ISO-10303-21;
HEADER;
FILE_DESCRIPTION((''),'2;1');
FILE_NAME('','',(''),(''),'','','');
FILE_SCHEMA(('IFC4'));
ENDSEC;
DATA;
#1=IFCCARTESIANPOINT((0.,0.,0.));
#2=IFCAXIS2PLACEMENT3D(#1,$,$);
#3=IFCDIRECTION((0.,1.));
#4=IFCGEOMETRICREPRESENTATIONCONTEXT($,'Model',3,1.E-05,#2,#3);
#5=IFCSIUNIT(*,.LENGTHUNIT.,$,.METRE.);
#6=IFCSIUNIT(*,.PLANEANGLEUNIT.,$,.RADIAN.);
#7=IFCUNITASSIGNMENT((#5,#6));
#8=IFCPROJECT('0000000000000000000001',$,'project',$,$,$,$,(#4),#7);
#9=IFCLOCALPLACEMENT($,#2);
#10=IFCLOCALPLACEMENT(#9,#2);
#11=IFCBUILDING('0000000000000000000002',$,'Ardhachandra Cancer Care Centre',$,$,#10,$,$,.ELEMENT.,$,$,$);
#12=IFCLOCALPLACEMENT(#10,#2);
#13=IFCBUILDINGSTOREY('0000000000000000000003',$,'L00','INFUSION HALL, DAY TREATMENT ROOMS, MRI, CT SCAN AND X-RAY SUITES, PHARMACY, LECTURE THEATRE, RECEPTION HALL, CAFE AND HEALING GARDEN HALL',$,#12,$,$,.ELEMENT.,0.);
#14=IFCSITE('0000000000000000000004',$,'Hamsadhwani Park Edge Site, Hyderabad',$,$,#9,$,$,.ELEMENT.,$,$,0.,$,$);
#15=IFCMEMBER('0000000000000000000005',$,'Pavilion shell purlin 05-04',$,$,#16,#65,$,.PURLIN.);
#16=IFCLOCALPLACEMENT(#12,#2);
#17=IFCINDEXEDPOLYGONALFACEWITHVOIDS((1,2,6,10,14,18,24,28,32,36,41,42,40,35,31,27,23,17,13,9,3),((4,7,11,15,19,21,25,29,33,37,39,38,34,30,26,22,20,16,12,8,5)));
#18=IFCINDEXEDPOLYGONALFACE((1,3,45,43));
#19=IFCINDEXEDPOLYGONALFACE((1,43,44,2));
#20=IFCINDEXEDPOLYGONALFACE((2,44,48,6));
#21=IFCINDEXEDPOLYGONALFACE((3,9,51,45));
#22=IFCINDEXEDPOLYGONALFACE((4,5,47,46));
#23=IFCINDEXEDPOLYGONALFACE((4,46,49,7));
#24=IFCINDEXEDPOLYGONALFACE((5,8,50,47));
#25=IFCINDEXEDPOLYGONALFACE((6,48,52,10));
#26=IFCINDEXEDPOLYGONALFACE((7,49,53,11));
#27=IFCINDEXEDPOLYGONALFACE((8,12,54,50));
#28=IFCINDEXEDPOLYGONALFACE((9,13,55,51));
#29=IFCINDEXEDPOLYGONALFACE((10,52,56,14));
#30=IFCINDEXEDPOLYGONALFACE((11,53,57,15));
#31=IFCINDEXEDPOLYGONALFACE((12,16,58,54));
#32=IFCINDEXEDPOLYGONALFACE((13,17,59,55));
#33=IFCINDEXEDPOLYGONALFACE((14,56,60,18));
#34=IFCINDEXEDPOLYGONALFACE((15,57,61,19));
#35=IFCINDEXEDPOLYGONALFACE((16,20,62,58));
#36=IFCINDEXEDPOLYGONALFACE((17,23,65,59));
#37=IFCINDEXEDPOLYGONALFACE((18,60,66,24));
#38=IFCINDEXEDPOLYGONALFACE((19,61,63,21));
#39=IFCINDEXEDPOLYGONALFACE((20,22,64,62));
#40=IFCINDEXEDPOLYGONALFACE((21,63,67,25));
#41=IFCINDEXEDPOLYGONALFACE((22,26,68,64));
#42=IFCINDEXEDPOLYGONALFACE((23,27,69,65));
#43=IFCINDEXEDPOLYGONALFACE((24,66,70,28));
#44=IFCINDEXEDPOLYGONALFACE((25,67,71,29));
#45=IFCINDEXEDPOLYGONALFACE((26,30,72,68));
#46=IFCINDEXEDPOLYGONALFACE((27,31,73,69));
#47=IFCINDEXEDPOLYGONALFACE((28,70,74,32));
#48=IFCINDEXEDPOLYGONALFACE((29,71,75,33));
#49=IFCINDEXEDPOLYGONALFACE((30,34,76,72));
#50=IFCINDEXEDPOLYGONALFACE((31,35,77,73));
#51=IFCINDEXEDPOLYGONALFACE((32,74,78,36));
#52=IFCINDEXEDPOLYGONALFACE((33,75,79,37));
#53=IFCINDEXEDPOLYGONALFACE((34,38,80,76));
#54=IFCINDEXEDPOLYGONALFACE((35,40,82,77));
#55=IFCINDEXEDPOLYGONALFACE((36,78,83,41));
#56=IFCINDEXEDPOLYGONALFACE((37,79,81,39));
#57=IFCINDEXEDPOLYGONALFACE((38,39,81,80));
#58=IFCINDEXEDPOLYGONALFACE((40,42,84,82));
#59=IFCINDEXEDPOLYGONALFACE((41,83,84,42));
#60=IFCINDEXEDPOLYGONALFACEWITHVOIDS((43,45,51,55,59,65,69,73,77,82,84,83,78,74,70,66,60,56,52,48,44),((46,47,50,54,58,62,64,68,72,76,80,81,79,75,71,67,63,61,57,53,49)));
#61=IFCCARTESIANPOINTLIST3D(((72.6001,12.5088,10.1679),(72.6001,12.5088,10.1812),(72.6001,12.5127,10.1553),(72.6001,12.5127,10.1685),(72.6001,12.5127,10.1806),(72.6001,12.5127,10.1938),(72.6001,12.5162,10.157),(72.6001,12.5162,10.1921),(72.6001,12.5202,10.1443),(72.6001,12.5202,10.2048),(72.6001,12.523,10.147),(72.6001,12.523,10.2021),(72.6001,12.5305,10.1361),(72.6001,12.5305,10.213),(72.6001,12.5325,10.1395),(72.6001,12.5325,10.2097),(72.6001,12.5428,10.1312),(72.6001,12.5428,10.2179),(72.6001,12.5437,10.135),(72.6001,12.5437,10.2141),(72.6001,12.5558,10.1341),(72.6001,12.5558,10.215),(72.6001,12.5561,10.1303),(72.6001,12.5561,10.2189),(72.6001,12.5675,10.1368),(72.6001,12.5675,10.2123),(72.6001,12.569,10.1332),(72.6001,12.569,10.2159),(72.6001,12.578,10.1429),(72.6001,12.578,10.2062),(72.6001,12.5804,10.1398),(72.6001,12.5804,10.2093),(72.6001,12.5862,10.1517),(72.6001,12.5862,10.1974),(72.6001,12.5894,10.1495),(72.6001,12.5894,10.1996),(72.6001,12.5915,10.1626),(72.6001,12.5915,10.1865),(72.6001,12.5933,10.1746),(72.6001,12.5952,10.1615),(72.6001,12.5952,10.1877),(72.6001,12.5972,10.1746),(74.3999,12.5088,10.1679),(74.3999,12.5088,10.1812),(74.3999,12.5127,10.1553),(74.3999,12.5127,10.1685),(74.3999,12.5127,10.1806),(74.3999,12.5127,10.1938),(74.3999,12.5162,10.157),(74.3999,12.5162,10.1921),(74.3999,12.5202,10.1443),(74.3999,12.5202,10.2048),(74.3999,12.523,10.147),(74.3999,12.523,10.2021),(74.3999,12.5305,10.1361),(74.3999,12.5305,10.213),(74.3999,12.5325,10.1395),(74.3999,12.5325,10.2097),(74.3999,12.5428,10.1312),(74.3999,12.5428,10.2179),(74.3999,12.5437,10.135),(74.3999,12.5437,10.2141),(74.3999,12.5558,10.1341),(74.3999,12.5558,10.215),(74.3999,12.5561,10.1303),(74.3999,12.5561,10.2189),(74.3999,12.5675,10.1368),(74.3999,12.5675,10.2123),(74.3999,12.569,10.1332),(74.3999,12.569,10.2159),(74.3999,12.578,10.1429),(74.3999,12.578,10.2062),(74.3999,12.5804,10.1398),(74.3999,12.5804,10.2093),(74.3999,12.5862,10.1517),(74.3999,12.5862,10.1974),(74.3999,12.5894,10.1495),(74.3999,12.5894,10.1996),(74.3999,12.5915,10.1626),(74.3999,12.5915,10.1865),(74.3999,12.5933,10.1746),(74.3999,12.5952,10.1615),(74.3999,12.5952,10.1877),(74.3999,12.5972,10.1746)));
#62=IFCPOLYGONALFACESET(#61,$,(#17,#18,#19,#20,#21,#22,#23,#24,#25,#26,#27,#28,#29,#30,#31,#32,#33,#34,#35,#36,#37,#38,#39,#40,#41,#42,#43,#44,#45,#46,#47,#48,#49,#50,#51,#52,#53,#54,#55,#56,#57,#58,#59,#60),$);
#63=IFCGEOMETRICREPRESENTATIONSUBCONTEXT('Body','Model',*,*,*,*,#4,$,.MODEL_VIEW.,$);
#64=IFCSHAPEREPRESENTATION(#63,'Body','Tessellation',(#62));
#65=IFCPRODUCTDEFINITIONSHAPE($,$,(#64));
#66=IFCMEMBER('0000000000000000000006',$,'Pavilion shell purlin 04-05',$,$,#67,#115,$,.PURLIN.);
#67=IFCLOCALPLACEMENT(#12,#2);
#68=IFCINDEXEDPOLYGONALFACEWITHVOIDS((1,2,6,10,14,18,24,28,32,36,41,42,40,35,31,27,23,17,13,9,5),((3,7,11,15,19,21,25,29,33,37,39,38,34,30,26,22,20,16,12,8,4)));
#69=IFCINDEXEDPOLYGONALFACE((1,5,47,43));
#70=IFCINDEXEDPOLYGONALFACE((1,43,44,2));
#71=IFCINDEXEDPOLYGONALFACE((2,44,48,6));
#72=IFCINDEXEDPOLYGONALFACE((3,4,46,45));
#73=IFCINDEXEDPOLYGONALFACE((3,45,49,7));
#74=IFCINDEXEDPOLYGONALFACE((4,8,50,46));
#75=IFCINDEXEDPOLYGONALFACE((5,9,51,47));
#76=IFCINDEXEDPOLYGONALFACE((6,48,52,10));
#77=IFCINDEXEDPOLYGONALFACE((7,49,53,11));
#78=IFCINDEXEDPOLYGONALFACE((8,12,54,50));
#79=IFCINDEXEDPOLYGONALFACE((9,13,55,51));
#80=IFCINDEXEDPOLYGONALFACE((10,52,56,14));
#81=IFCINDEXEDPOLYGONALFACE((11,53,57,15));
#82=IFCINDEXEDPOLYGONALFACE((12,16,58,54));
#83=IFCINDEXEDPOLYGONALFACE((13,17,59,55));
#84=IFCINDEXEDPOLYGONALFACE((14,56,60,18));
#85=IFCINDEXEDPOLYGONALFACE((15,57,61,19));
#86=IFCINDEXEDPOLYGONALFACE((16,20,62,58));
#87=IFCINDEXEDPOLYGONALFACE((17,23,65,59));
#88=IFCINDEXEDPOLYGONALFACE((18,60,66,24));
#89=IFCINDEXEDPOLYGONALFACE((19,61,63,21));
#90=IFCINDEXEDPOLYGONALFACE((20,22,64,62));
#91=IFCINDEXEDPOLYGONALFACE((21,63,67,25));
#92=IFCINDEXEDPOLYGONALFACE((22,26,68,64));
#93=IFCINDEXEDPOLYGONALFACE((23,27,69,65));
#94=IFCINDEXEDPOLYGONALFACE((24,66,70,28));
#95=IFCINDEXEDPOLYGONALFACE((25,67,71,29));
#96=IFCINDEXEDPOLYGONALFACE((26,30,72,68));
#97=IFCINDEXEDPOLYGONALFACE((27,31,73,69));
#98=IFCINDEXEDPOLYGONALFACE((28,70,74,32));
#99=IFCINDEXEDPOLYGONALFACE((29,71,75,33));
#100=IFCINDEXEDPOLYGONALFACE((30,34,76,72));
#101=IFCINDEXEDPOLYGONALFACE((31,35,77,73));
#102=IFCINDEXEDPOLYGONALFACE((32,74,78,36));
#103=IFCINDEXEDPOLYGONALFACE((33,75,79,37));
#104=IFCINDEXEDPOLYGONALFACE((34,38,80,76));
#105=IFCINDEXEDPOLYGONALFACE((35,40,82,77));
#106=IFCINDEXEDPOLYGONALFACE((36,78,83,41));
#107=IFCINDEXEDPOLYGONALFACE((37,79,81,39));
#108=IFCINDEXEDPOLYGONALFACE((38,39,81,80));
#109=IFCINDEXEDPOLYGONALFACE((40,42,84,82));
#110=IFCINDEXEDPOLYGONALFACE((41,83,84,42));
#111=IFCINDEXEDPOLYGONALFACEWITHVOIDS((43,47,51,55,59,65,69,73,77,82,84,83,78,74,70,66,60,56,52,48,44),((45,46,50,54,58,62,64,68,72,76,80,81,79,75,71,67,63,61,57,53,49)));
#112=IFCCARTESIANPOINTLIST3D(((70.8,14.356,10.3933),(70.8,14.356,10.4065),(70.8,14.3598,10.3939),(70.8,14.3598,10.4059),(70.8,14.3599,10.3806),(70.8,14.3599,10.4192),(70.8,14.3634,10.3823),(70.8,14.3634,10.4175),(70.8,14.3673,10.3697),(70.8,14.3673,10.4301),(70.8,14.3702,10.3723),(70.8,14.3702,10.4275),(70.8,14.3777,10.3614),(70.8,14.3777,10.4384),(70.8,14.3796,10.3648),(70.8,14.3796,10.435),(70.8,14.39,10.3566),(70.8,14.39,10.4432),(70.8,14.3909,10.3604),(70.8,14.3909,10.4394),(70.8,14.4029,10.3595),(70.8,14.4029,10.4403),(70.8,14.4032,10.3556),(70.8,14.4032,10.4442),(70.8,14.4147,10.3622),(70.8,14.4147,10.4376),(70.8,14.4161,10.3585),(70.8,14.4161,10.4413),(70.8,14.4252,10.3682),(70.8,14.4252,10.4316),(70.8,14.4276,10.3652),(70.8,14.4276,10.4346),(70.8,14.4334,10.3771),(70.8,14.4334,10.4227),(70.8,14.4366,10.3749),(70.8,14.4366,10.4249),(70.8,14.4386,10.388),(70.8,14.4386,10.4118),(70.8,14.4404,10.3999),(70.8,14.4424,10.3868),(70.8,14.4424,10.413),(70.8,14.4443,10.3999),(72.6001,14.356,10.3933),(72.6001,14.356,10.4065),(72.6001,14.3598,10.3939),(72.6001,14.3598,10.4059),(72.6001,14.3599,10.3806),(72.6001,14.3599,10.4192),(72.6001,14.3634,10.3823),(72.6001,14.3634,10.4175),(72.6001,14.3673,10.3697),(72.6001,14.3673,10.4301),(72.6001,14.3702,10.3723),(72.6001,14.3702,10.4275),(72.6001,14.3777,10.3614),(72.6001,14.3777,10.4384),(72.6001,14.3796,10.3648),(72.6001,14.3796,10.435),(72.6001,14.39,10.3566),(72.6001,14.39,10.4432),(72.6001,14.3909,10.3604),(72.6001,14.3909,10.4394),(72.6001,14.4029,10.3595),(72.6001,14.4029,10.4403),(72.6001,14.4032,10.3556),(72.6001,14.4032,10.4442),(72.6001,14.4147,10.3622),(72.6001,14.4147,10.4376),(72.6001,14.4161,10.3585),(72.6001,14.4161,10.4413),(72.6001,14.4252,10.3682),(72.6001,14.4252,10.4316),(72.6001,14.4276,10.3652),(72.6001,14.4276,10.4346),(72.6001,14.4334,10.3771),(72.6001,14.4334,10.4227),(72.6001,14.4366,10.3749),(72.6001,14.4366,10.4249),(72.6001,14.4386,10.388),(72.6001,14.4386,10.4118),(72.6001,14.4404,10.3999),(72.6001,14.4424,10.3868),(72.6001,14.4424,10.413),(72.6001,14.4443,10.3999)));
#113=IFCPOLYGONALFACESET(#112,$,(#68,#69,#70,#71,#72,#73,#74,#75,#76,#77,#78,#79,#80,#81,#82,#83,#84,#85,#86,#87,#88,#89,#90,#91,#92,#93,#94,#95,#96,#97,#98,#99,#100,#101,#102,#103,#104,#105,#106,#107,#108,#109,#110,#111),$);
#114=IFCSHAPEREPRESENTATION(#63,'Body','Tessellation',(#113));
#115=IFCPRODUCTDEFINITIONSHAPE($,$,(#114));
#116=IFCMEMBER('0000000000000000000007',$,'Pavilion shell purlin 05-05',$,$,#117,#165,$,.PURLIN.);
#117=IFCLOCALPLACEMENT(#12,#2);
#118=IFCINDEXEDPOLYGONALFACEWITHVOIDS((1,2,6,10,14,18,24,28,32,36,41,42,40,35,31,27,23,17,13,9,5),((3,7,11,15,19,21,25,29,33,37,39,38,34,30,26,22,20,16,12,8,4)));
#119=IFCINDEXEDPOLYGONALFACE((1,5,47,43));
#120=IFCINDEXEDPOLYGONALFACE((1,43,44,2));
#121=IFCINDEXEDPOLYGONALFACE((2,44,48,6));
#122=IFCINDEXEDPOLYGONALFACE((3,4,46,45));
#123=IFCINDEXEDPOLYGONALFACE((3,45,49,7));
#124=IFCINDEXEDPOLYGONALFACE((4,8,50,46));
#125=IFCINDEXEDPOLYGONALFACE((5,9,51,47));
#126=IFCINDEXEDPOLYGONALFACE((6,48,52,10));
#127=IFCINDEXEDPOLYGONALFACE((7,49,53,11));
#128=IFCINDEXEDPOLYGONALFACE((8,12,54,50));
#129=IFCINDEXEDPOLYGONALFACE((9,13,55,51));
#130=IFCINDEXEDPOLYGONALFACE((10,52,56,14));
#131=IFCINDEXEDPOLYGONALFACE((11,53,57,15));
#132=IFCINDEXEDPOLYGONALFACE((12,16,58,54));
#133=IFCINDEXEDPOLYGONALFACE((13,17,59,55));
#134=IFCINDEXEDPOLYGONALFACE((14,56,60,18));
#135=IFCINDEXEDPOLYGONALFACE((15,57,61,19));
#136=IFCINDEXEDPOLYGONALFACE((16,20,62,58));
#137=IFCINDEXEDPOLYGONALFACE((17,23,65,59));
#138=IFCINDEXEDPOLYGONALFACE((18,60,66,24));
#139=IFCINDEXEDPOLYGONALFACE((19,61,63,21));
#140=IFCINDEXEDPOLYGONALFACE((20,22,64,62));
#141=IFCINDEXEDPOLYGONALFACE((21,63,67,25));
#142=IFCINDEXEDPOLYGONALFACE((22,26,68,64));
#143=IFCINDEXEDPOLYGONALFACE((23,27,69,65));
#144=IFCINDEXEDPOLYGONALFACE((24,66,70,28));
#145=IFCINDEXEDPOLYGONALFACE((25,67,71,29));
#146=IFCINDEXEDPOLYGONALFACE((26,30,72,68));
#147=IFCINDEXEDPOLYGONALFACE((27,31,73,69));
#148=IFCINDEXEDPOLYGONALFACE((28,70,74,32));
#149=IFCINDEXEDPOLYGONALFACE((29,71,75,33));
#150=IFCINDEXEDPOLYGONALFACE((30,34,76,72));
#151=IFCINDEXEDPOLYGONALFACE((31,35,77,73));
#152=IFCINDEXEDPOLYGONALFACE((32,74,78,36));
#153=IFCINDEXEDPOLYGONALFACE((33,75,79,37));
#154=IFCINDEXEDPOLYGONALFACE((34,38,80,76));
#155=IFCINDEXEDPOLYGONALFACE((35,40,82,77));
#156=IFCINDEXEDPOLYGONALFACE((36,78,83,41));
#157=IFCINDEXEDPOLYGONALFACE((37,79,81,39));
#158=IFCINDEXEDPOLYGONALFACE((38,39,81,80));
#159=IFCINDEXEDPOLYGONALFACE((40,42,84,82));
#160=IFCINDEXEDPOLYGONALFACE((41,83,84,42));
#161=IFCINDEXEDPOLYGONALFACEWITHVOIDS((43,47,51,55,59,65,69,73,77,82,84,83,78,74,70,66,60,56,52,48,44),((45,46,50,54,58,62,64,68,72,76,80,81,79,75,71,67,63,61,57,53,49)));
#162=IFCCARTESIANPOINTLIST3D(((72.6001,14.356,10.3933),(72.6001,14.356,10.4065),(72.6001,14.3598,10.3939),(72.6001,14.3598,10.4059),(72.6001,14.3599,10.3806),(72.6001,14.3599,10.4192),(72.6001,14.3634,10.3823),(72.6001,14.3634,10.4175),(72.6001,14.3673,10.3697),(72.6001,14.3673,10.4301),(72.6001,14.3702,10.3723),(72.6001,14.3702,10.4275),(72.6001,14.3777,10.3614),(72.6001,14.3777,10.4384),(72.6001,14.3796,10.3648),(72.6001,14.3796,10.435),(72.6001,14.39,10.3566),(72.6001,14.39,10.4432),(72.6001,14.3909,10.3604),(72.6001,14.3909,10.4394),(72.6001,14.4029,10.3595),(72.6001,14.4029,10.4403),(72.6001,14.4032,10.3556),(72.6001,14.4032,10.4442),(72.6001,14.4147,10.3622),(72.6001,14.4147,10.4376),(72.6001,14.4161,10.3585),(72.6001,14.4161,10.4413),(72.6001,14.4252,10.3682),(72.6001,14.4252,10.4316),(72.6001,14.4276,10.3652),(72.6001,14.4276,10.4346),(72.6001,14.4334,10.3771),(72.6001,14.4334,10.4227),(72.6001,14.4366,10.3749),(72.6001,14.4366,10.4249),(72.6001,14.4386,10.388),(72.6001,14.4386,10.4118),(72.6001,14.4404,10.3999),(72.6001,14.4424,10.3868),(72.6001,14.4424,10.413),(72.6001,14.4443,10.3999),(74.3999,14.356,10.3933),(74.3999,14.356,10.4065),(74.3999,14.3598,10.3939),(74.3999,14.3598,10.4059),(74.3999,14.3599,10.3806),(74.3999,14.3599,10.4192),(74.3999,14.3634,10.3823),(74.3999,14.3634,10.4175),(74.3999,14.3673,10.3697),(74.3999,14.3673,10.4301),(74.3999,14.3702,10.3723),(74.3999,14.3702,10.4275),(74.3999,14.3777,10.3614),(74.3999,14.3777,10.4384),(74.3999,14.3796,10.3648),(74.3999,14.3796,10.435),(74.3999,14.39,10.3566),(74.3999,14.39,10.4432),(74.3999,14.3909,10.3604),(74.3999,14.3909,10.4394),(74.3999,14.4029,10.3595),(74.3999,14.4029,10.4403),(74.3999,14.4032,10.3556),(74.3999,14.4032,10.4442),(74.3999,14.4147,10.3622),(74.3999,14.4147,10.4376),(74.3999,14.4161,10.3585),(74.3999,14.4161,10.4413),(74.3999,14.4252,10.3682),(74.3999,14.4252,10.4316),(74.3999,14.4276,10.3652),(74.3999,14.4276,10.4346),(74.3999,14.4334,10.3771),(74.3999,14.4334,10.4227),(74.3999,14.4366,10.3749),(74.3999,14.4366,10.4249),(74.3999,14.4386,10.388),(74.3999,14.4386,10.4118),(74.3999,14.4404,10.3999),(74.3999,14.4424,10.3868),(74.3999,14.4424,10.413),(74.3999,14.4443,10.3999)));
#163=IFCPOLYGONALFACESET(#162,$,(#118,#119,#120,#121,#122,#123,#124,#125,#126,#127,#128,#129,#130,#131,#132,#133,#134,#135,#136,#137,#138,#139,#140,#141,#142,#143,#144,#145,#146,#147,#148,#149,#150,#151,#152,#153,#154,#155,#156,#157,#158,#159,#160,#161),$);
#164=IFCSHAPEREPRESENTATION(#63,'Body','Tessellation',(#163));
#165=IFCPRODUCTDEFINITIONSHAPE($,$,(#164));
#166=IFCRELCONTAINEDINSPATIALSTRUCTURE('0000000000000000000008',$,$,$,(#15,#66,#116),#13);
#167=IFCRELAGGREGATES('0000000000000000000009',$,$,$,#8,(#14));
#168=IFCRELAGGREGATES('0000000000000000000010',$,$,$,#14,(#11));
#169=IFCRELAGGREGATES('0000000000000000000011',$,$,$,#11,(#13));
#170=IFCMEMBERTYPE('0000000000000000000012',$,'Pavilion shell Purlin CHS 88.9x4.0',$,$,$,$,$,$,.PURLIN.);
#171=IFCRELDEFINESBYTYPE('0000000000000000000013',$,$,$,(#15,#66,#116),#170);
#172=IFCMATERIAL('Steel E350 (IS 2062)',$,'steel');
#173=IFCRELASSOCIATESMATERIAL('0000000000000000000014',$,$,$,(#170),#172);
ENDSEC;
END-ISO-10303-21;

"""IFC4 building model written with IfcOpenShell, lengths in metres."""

from ifc_helpers import new_model, si_unit, direction, frame, origin, origin_2d, place, context, subcontext, project, spatial, hollow_circle, extrude, material, material_profile, profile_set, type_object, element, save


model = new_model("IFC4")

# Units and contexts
model_context = context("Model", 3, precision=1e-05, world=origin(), true_north=direction((0.0, 1.0)))
body_context = subcontext(model_context, "Body", "Model", "MODEL_VIEW")
ifc_project = project(units=[si_unit("LENGTHUNIT", "METRE"), si_unit("PLANEANGLEUNIT", "RADIAN")], contexts=[model_context])

# Site, building, storey
site_placement = place(None, origin())
site = spatial("IfcSite", under=ifc_project, at=site_placement, Name="Hamsadhwani Park Edge Site, Hyderabad", CompositionType="ELEMENT", RefElevation=0.0)
building_placement = place(site_placement, origin())
building = spatial("IfcBuilding", under=site, at=building_placement, Name="Ardhachandra Cancer Care Centre", CompositionType="ELEMENT")
storey_placement = place(building_placement, origin())
storey = spatial("IfcBuildingStorey", under=building, at=storey_placement, Name="L00", Description="INFUSION HALL, DAY TREATMENT ROOMS, MRI, CT SCAN AND X-RAY SUITES, PHARMACY, LECTURE THEATRE, RECEPTION HALL, CAFE AND HEALING GARDEN HALL", CompositionType="ELEMENT", Elevation=0.0)

# Members
ifc_material_1 = material(Name="Steel E350 (IS 2062)", Category="steel")
ifc_material_profile_1 = material_profile(ifc_material_1, hollow_circle(Radius=0.0444, WallThickness=0.0039, at=origin_2d()), Name="CHS 88.9x4.0")
ifc_profile_set_1 = profile_set([ifc_material_profile_1], Name="Steel E350 (IS 2062)")
member_type_1 = type_object("IfcMemberType", Name="Pavilion shell Purlin CHS 88.9x4.0", PredefinedType="PURLIN", material=ifc_profile_set_1)
member_1_placement = place(storey_placement, frame((72.6001, 12.5527, 10.1746), z_axis=(1.0, 0.0, 0.0), x_axis=(0.0, 1.0, 0.0)))
element("IfcMember", 1, at=member_1_placement, inside=storey, type_object=member_type_1, Name="Pavilion shell purlin 05-04", PredefinedType="PURLIN", context=body_context, shape_type="SweptSolid", body=[
    extrude(hollow_circle(Radius=0.0444, WallThickness=0.0039, at=origin_2d()), origin(), (0.0, 0.0, 1.0), 1.7998),
])
member_2_placement = place(storey_placement, frame((70.8, 14.3999, 10.3999), z_axis=(1.0, 0.0, 0.0), x_axis=(0.0, 1.0, 0.0)))
element("IfcMember", 2, at=member_2_placement, inside=storey, type_object=member_type_1, Name="Pavilion shell purlin 04-05", PredefinedType="PURLIN", context=body_context, shape_type="SweptSolid", body=[
    extrude(hollow_circle(Radius=0.0444, WallThickness=0.0039, at=origin_2d()), origin(), (0.0, 0.0, 1.0), 1.8),
])
member_3_placement = place(storey_placement, frame((72.6001, 14.3999, 10.3999), z_axis=(1.0, 0.0, 0.0), x_axis=(0.0, 1.0, 0.0)))
element("IfcMember", 3, at=member_3_placement, inside=storey, type_object=member_type_1, Name="Pavilion shell purlin 05-05", PredefinedType="PURLIN", context=body_context, shape_type="SweptSolid", body=[
    extrude(hollow_circle(Radius=0.0444, WallThickness=0.0039, at=origin_2d()), origin(), (0.0, 0.0, 1.0), 1.7998),
])

save(model, "model.ifc")
